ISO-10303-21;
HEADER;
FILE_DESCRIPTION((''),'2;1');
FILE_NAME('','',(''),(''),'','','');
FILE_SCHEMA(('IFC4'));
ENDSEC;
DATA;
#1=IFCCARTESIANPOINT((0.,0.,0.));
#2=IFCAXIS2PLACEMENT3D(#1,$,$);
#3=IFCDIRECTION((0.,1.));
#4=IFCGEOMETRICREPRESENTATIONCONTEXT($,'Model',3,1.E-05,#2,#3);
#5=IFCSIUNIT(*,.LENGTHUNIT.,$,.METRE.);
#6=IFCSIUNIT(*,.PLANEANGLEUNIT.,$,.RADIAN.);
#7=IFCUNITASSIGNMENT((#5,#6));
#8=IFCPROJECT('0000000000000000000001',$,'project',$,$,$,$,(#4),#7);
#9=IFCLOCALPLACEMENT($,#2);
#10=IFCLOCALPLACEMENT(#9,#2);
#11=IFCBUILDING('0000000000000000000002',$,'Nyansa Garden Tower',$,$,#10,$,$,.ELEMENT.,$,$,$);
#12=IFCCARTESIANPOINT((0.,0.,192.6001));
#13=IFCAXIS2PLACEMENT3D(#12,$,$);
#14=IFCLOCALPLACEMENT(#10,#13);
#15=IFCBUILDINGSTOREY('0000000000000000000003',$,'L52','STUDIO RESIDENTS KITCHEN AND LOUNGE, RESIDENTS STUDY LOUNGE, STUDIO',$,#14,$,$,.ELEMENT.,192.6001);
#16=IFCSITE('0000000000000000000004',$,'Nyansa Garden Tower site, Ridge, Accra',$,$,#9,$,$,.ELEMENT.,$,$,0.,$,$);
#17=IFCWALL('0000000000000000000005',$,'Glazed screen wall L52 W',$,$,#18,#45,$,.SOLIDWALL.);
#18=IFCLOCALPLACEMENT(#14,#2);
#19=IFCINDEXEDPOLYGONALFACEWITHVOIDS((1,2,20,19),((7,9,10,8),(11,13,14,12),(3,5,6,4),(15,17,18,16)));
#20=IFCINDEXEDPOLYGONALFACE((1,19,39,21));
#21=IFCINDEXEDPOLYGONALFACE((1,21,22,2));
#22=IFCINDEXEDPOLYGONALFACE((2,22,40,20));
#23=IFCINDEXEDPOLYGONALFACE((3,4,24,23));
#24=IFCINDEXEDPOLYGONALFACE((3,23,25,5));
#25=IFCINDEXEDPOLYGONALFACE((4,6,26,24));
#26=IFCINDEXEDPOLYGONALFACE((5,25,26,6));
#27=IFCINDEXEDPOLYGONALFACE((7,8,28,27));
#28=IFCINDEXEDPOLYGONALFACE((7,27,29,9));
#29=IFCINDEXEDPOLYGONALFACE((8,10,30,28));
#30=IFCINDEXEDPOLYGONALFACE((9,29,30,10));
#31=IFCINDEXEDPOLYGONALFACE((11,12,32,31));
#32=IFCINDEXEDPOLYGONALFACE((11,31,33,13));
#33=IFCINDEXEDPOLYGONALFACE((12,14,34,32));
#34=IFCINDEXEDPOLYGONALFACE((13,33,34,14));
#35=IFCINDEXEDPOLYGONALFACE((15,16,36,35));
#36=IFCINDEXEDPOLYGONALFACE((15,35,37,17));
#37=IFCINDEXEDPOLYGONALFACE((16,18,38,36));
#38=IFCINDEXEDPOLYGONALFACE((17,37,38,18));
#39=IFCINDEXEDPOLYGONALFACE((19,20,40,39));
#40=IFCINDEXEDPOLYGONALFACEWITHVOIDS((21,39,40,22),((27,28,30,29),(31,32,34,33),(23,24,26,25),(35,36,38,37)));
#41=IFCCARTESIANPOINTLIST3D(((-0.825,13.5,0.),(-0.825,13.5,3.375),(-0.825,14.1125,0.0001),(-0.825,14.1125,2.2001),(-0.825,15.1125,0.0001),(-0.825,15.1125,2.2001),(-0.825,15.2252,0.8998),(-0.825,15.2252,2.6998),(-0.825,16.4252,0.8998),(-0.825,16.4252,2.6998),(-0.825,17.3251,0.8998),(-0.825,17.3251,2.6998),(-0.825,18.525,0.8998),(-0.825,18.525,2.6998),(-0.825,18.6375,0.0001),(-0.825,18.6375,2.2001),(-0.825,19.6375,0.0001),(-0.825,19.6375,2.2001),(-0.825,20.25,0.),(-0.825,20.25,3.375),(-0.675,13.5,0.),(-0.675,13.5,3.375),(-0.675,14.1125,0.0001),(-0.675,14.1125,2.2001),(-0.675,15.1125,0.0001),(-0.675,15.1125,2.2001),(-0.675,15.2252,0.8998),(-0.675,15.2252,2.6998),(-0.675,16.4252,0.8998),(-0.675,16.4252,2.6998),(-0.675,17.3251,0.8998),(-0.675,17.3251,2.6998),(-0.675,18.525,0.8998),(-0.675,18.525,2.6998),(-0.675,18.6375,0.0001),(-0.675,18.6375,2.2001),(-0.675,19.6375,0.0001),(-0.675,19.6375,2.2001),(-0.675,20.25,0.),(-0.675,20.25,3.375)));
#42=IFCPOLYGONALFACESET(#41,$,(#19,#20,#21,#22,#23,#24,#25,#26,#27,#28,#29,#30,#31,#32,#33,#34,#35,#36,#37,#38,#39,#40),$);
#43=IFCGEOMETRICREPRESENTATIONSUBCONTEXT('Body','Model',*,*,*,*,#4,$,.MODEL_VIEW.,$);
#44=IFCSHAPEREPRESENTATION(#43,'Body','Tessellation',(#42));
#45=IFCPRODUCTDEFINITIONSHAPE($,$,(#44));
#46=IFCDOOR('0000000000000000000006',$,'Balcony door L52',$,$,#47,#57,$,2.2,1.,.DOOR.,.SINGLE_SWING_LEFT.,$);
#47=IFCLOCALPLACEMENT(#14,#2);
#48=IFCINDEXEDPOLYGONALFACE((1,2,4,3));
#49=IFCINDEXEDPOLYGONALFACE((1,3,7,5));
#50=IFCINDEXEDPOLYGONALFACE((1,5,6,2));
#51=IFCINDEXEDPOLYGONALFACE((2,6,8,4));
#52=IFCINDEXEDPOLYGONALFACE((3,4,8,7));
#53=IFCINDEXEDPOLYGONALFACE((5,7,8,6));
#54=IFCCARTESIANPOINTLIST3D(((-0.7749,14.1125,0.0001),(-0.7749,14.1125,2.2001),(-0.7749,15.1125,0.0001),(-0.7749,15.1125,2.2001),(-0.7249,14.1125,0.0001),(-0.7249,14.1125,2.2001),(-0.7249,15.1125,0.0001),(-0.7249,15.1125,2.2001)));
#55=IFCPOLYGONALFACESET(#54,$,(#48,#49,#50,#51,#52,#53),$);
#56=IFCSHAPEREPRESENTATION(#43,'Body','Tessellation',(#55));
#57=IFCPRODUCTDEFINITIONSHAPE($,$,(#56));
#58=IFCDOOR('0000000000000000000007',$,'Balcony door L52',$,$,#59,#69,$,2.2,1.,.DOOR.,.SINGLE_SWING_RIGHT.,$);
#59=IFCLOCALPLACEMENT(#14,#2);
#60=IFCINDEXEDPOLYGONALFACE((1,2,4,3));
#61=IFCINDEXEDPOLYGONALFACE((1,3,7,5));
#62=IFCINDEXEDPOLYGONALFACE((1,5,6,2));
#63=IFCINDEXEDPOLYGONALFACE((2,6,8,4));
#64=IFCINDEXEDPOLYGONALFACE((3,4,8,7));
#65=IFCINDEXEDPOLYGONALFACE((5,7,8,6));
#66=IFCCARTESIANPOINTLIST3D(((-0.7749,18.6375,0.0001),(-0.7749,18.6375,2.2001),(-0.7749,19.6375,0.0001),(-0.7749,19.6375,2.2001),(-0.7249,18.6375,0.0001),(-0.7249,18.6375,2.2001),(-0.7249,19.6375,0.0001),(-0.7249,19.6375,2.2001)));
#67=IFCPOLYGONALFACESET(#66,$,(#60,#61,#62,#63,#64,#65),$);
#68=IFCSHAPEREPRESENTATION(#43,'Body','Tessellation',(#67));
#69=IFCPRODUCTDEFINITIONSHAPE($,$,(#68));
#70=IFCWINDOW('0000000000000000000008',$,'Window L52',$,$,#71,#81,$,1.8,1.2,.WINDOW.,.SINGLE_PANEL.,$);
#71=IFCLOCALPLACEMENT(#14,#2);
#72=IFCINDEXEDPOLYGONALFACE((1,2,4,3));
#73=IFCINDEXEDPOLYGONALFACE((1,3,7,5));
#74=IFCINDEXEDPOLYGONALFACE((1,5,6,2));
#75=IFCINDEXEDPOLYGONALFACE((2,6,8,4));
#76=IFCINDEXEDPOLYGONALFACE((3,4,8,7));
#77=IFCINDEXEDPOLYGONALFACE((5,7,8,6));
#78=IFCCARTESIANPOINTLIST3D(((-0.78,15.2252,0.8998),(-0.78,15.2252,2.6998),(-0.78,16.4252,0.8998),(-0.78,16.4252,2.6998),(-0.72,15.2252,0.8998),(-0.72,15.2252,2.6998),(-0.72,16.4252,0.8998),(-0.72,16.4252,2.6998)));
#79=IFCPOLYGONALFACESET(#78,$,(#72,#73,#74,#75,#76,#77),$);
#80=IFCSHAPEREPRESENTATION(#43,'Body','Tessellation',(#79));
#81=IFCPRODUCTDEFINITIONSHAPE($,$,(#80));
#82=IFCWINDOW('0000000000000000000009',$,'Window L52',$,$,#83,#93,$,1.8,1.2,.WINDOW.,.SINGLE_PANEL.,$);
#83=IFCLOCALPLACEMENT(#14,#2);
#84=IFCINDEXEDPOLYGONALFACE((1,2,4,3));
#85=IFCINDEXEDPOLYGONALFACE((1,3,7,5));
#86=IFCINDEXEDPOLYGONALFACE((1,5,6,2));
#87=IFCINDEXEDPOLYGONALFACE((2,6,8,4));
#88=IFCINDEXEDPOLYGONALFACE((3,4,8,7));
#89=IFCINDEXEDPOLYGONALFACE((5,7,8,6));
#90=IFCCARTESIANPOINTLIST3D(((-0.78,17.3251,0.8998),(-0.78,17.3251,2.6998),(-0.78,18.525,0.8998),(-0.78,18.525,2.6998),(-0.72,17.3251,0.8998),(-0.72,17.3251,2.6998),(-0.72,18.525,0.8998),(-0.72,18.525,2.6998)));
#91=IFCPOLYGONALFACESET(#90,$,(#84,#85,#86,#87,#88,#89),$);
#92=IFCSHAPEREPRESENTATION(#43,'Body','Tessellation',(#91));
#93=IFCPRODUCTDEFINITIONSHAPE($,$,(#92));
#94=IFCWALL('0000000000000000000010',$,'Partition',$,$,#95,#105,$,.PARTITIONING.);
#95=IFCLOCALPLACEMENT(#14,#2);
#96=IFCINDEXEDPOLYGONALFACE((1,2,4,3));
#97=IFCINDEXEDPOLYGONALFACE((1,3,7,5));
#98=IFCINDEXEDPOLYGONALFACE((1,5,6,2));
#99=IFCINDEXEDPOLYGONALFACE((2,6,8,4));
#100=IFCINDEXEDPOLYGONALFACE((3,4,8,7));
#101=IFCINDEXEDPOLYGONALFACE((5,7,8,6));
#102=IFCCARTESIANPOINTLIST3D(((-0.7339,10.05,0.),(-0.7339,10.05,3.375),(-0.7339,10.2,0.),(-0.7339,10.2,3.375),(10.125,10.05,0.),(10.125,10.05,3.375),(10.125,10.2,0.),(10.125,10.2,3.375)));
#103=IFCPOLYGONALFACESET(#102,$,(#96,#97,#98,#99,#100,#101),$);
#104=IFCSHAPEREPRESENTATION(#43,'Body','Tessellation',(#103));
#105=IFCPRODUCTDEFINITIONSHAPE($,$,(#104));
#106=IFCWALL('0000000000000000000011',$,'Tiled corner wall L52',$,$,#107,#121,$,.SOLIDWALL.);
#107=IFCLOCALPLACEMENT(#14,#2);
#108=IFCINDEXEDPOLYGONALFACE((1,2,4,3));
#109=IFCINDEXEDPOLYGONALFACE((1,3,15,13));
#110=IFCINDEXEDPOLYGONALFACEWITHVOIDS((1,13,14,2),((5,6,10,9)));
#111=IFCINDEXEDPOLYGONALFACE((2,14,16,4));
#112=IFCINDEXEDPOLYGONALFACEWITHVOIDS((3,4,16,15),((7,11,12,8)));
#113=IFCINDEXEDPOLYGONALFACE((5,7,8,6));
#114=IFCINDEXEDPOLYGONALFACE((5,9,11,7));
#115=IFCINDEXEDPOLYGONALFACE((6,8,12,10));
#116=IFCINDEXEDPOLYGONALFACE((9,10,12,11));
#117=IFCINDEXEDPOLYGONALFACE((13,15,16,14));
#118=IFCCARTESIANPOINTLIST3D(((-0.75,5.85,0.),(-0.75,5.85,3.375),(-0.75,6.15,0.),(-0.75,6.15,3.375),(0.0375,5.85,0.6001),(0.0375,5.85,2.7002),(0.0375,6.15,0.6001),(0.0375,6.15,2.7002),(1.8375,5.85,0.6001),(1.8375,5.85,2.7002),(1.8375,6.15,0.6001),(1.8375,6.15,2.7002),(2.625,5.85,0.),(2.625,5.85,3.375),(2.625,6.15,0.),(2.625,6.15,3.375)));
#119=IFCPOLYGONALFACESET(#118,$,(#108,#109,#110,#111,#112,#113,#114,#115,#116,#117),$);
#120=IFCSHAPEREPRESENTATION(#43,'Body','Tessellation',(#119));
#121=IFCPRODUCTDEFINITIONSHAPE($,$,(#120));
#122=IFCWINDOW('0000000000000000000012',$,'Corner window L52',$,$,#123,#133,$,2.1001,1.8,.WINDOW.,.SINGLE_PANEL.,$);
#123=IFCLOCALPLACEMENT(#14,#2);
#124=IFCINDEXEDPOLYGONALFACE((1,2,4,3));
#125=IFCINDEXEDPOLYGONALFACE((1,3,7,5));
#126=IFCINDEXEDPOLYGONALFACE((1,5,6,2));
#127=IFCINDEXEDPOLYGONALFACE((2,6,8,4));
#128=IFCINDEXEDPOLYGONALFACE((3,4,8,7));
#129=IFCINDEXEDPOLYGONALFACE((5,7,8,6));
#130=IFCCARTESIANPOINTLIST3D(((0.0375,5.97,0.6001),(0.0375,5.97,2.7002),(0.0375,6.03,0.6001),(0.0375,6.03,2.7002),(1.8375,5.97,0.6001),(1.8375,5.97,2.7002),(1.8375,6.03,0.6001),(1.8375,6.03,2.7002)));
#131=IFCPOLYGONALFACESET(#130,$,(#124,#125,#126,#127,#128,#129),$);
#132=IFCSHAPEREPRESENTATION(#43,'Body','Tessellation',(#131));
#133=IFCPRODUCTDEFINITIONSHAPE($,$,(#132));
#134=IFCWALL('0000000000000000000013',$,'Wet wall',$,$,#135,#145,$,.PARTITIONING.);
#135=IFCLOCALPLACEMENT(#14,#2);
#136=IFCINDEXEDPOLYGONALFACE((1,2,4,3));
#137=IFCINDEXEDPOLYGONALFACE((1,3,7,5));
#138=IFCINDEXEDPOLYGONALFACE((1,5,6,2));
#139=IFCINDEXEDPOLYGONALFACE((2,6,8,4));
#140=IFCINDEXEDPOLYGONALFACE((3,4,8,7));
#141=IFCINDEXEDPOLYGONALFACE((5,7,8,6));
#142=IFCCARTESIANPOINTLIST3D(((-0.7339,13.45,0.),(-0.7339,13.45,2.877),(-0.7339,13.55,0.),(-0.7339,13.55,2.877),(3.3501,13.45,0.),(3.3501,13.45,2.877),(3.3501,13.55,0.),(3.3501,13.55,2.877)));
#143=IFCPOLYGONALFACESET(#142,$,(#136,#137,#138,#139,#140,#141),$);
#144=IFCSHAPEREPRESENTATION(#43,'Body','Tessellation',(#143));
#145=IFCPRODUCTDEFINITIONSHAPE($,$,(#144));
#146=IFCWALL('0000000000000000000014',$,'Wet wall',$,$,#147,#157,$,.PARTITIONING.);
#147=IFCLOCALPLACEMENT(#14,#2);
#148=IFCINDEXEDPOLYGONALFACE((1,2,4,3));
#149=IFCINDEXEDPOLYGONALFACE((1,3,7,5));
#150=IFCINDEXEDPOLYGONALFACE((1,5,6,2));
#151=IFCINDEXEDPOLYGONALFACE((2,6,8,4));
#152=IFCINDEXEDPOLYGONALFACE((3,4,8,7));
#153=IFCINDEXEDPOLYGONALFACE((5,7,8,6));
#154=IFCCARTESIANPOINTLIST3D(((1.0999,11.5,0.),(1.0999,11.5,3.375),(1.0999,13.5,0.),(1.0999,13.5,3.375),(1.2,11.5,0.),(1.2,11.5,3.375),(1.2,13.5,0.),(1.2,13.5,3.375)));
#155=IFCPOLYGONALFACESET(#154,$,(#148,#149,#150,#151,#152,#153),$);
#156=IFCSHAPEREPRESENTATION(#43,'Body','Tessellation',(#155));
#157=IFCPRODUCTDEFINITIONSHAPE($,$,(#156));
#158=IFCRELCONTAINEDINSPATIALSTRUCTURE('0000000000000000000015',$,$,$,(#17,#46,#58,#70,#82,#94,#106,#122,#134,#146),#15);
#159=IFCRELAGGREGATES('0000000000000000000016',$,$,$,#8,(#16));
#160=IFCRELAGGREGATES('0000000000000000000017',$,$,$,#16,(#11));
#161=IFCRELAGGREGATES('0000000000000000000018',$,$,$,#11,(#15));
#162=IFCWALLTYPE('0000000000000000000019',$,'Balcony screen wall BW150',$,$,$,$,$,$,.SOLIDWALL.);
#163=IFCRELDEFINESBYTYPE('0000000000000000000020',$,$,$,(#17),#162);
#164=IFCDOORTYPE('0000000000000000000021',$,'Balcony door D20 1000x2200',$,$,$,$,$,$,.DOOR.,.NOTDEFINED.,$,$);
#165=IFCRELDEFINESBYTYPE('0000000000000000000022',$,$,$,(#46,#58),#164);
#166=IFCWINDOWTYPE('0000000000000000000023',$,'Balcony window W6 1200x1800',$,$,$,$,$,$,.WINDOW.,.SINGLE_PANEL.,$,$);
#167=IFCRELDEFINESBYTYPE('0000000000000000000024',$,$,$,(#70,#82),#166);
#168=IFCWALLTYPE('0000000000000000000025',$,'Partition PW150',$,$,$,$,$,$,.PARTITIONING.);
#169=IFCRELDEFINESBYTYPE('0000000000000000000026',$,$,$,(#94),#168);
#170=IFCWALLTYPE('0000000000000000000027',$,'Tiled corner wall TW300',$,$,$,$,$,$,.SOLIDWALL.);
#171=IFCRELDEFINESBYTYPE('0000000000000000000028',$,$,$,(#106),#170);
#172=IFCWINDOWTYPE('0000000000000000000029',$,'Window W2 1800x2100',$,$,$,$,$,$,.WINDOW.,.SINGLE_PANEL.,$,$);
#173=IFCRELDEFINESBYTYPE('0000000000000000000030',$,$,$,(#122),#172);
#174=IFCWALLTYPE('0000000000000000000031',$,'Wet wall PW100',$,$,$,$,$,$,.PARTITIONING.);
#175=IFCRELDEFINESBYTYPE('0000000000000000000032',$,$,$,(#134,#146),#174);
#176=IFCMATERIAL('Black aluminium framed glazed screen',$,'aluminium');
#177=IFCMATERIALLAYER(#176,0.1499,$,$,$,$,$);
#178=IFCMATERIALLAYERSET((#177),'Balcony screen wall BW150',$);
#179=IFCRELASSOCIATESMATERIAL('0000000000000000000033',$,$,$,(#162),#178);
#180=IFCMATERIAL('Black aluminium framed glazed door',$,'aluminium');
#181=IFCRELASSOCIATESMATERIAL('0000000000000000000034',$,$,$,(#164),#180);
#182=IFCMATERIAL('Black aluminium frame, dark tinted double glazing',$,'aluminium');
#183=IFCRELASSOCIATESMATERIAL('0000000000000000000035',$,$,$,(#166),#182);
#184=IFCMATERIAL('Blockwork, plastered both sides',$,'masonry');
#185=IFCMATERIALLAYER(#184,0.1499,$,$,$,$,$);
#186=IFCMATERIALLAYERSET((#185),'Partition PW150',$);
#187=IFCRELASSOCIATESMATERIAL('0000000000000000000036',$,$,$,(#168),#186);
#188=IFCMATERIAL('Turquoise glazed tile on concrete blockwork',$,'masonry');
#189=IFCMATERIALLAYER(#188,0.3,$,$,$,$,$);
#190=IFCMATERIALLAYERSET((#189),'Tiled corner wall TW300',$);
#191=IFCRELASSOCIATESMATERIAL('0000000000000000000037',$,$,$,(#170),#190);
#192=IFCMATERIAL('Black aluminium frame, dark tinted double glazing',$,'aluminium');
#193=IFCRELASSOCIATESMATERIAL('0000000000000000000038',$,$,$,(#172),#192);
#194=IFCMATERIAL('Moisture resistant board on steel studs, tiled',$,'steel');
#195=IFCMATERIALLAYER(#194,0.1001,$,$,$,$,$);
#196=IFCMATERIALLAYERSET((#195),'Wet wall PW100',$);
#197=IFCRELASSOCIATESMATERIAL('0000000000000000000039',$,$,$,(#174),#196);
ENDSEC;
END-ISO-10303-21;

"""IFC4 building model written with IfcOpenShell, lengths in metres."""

from ifc_helpers import new_model, si_unit, direction, frame, frame_2d, origin, place, context, subcontext, project, spatial, rectangle, extrude, material, layer, layer_set, type_object, element, fill, save


model = new_model("IFC4")

# Units and contexts
model_context = context("Model", 3, precision=1e-05, world=origin(), true_north=direction((0.0, 1.0)))
body_context = subcontext(model_context, "Body", "Model", "MODEL_VIEW")
ifc_project = project(units=[si_unit("LENGTHUNIT", "METRE"), si_unit("PLANEANGLEUNIT", "RADIAN")], contexts=[model_context])

# Site, building, storey
site_placement = place(None, origin())
site = spatial("IfcSite", under=ifc_project, at=site_placement, Name="Nyansa Garden Tower site, Ridge, Accra", CompositionType="ELEMENT", RefElevation=0.0)
building_placement = place(site_placement, origin())
building = spatial("IfcBuilding", under=site, at=building_placement, Name="Nyansa Garden Tower", CompositionType="ELEMENT")
storey_placement = place(building_placement, frame((0.0, 0.0, 192.6001)))
storey = spatial("IfcBuildingStorey", under=building, at=storey_placement, Name="L52", Description="STUDIO RESIDENTS KITCHEN AND LOUNGE, RESIDENTS STUDY LOUNGE, STUDIO", CompositionType="ELEMENT", Elevation=192.6001)

# Wall, openings, doors, windows
ifc_material_1 = material(Name="Black aluminium framed glazed screen", Category="aluminium")
ifc_layer_1 = layer(ifc_material_1, 0.1499)
ifc_layer_set_1 = layer_set([ifc_layer_1], Name="Balcony screen wall BW150")
wall_type_1 = type_object("IfcWallType", Name="Balcony screen wall BW150", PredefinedType="SOLIDWALL", material=ifc_layer_set_1)
wall_1_placement = place(storey_placement, frame((-0.75, 13.5, 0.0), z_axis=(0.0, 0.0, 1.0), x_axis=(0.0, 1.0, 0.0)))
wall_1 = element("IfcWall", 1, at=wall_1_placement, inside=storey, type_object=wall_type_1, Name="Glazed screen wall L52 W", PredefinedType="SOLIDWALL", context=body_context, shape_type="SweptSolid", body=[
    extrude(rectangle(XDim=6.75, YDim=0.1499, at=frame_2d((3.375, 0.0))), origin(), (0.0, 0.0, 1.0), 3.375),
])
opening_1_placement = place(wall_1_placement, frame((0.6125, 0.0, 0.0)))
opening_1 = element("IfcOpeningElement", 2, at=opening_1_placement, cuts=wall_1, PredefinedType="OPENING", context=body_context, shape_type="SweptSolid", body=[
    extrude(rectangle(XDim=1.0, YDim=2.2, at=frame_2d((0.5, 1.1001))), frame((0.0, 0.085, 0.0), z_axis=(0.0, -1.0, 0.0), x_axis=(1.0, 0.0, 0.0)), (0.0, 0.0, 1.0), 0.1699),
])
opening_2_placement = place(wall_1_placement, frame((1.7251, 0.0, 0.8999)))
opening_2 = element("IfcOpeningElement", 3, at=opening_2_placement, cuts=wall_1, PredefinedType="OPENING", context=body_context, shape_type="SweptSolid", body=[
    extrude(rectangle(XDim=1.2, YDim=1.8, at=frame_2d((0.6001, 0.8999))), frame((0.0, 0.085, 0.0), z_axis=(0.0, -1.0, 0.0), x_axis=(1.0, 0.0, 0.0)), (0.0, 0.0, 1.0), 0.1699),
])
opening_3_placement = place(wall_1_placement, frame((5.1375, 0.0, 0.0)))
opening_3 = element("IfcOpeningElement", 4, at=opening_3_placement, cuts=wall_1, PredefinedType="OPENING", context=body_context, shape_type="SweptSolid", body=[
    extrude(rectangle(XDim=1.0, YDim=2.2, at=frame_2d((0.5, 1.1001))), frame((0.0, 0.085, 0.0), z_axis=(0.0, -1.0, 0.0), x_axis=(1.0, 0.0, 0.0)), (0.0, 0.0, 1.0), 0.1699),
])
opening_4_placement = place(wall_1_placement, frame((3.825, 0.0, 0.8999)))
opening_4 = element("IfcOpeningElement", 5, at=opening_4_placement, cuts=wall_1, PredefinedType="OPENING", context=body_context, shape_type="SweptSolid", body=[
    extrude(rectangle(XDim=1.2, YDim=1.8, at=frame_2d((0.6001, 0.8999))), frame((0.0, 0.085, 0.0), z_axis=(0.0, -1.0, 0.0), x_axis=(1.0, 0.0, 0.0)), (0.0, 0.0, 1.0), 0.1699),
])
ifc_material_2 = material(Name="Black aluminium framed glazed door", Category="aluminium")
door_type_1 = type_object("IfcDoorType", Name="Balcony door D20 1000x2200", OperationType="NOTDEFINED", PredefinedType="DOOR", material=ifc_material_2)
door_1_placement = place(opening_1_placement, origin())
door_1 = element("IfcDoor", 6, at=door_1_placement, inside=storey, type_object=door_type_1, Name="Balcony door L52", OperationType="SINGLE_SWING_LEFT", OverallHeight=2.2, OverallWidth=1.0, PredefinedType="DOOR", context=body_context, shape_type="SweptSolid", body=[
    extrude(rectangle(XDim=1.0, YDim=2.2, at=frame_2d((0.5, 1.1001))), frame((0.0, 0.0249, 0.0), z_axis=(0.0, -1.0, 0.0), x_axis=(1.0, 0.0, 0.0)), (0.0, 0.0, 1.0), 0.05),
])
fill(opening_1, door_1)
door_2_placement = place(opening_3_placement, origin())
door_2 = element("IfcDoor", 7, at=door_2_placement, inside=storey, type_object=door_type_1, Name="Balcony door L52", OperationType="SINGLE_SWING_RIGHT", OverallHeight=2.2, OverallWidth=1.0, PredefinedType="DOOR", context=body_context, shape_type="SweptSolid", body=[
    extrude(rectangle(XDim=1.0, YDim=2.2, at=frame_2d((0.5, 1.1001))), frame((0.0, 0.0249, 0.0), z_axis=(0.0, -1.0, 0.0), x_axis=(1.0, 0.0, 0.0)), (0.0, 0.0, 1.0), 0.05),
])
fill(opening_3, door_2)
ifc_material_3 = material(Name="Black aluminium frame, dark tinted double glazing", Category="aluminium")
window_type_1 = type_object("IfcWindowType", Name="Balcony window W6 1200x1800", PartitioningType="SINGLE_PANEL", PredefinedType="WINDOW", material=ifc_material_3)
window_1_placement = place(opening_2_placement, origin())
window_1 = element("IfcWindow", 8, at=window_1_placement, inside=storey, type_object=window_type_1, Name="Window L52", OverallHeight=1.8, OverallWidth=1.2, PartitioningType="SINGLE_PANEL", PredefinedType="WINDOW", context=body_context, shape_type="SweptSolid", body=[
    extrude(rectangle(XDim=1.2, YDim=1.8, at=frame_2d((0.6001, 0.8999))), frame((0.0, 0.03, 0.0), z_axis=(0.0, -1.0, 0.0), x_axis=(1.0, 0.0, 0.0)), (0.0, 0.0, 1.0), 0.0601),
])
fill(opening_2, window_1)
window_2_placement = place(opening_4_placement, origin())
window_2 = element("IfcWindow", 9, at=window_2_placement, inside=storey, type_object=window_type_1, Name="Window L52", OverallHeight=1.8, OverallWidth=1.2, PartitioningType="SINGLE_PANEL", PredefinedType="WINDOW", context=body_context, shape_type="SweptSolid", body=[
    extrude(rectangle(XDim=1.2, YDim=1.8, at=frame_2d((0.6001, 0.8999))), frame((0.0, 0.03, 0.0), z_axis=(0.0, -1.0, 0.0), x_axis=(1.0, 0.0, 0.0)), (0.0, 0.0, 1.0), 0.0601),
])
fill(opening_4, window_2)

# Wall
ifc_material_4 = material(Name="Blockwork, plastered both sides", Category="masonry")
ifc_layer_2 = layer(ifc_material_4, 0.1499)
ifc_layer_set_2 = layer_set([ifc_layer_2], Name="Partition PW150")
wall_type_2 = type_object("IfcWallType", Name="Partition PW150", PredefinedType="PARTITIONING", material=ifc_layer_set_2)
wall_2_placement = place(storey_placement, frame((-0.7339, 10.125, 0.0), z_axis=(0.0, 0.0, 1.0), x_axis=(1.0, 0.0, 0.0)))
element("IfcWall", 10, at=wall_2_placement, inside=storey, type_object=wall_type_2, Name="Partition", PredefinedType="PARTITIONING", context=body_context, shape_type="SweptSolid", body=[
    extrude(rectangle(XDim=10.8589, YDim=0.1499, at=frame_2d((5.4294, 0.0))), origin(), (0.0, 0.0, 1.0), 3.375),
])

# Wall, opening, window
ifc_material_5 = material(Name="Turquoise glazed tile on concrete blockwork", Category="masonry")
ifc_layer_3 = layer(ifc_material_5, 0.3)
ifc_layer_set_3 = layer_set([ifc_layer_3], Name="Tiled corner wall TW300")
wall_type_3 = type_object("IfcWallType", Name="Tiled corner wall TW300", PredefinedType="SOLIDWALL", material=ifc_layer_set_3)
wall_3_placement = place(storey_placement, frame((-0.75, 6.0, 0.0), z_axis=(0.0, 0.0, 1.0), x_axis=(1.0, 0.0, 0.0)))
wall_3 = element("IfcWall", 11, at=wall_3_placement, inside=storey, type_object=wall_type_3, Name="Tiled corner wall L52", PredefinedType="SOLIDWALL", context=body_context, shape_type="SweptSolid", body=[
    extrude(rectangle(XDim=3.375, YDim=0.3, at=frame_2d((1.6875, 0.0))), origin(), (0.0, 0.0, 1.0), 3.375),
])
opening_5_placement = place(wall_3_placement, frame((0.7876, 0.0, 0.6001)))
opening_5 = element("IfcOpeningElement", 12, at=opening_5_placement, cuts=wall_3, PredefinedType="OPENING", context=body_context, shape_type="SweptSolid", body=[
    extrude(rectangle(XDim=1.8, YDim=2.1001, at=frame_2d((0.8999, 1.05))), frame((0.0, 0.1599, 0.0), z_axis=(0.0, -1.0, 0.0), x_axis=(1.0, 0.0, 0.0)), (0.0, 0.0, 1.0), 0.3201),
])
ifc_material_6 = material(Name="Black aluminium frame, dark tinted double glazing", Category="aluminium")
window_type_2 = type_object("IfcWindowType", Name="Window W2 1800x2100", PartitioningType="SINGLE_PANEL", PredefinedType="WINDOW", material=ifc_material_6)
window_3_placement = place(opening_5_placement, origin())
window_3 = element("IfcWindow", 13, at=window_3_placement, inside=storey, type_object=window_type_2, Name="Corner window L52", OverallHeight=2.1001, OverallWidth=1.8, PartitioningType="SINGLE_PANEL", PredefinedType="WINDOW", context=body_context, shape_type="SweptSolid", body=[
    extrude(rectangle(XDim=1.8, YDim=2.1001, at=frame_2d((0.8999, 1.05))), frame((0.0, 0.03, 0.0), z_axis=(0.0, -1.0, 0.0), x_axis=(1.0, 0.0, 0.0)), (0.0, 0.0, 1.0), 0.0601),
])
fill(opening_5, window_3)

# Walls
ifc_material_7 = material(Name="Moisture resistant board on steel studs, tiled", Category="steel")
ifc_layer_4 = layer(ifc_material_7, 0.1001)
ifc_layer_set_4 = layer_set([ifc_layer_4], Name="Wet wall PW100")
wall_type_4 = type_object("IfcWallType", Name="Wet wall PW100", PredefinedType="PARTITIONING", material=ifc_layer_set_4)
wall_4_placement = place(storey_placement, frame((-0.7339, 13.5, 0.0), z_axis=(0.0, 0.0, 1.0), x_axis=(1.0, 0.0, 0.0)))
element("IfcWall", 14, at=wall_4_placement, inside=storey, type_object=wall_type_4, Name="Wet wall", PredefinedType="PARTITIONING", context=body_context, shape_type="SweptSolid", body=[
    extrude(rectangle(XDim=4.084, YDim=0.1001, at=frame_2d((2.042, 0.0))), origin(), (0.0, 0.0, 1.0), 2.877),
])
wall_5_placement = place(storey_placement, frame((1.1499, 11.5, 0.0), z_axis=(0.0, 0.0, 1.0), x_axis=(0.0, 1.0, 0.0)))
element("IfcWall", 15, at=wall_5_placement, inside=storey, type_object=wall_type_4, Name="Wet wall", PredefinedType="PARTITIONING", context=body_context, shape_type="SweptSolid", body=[
    extrude(rectangle(XDim=2.0, YDim=0.1001, at=frame_2d((1.0, 0.0))), origin(), (0.0, 0.0, 1.0), 3.375),
])

save(model, "model.ifc")
